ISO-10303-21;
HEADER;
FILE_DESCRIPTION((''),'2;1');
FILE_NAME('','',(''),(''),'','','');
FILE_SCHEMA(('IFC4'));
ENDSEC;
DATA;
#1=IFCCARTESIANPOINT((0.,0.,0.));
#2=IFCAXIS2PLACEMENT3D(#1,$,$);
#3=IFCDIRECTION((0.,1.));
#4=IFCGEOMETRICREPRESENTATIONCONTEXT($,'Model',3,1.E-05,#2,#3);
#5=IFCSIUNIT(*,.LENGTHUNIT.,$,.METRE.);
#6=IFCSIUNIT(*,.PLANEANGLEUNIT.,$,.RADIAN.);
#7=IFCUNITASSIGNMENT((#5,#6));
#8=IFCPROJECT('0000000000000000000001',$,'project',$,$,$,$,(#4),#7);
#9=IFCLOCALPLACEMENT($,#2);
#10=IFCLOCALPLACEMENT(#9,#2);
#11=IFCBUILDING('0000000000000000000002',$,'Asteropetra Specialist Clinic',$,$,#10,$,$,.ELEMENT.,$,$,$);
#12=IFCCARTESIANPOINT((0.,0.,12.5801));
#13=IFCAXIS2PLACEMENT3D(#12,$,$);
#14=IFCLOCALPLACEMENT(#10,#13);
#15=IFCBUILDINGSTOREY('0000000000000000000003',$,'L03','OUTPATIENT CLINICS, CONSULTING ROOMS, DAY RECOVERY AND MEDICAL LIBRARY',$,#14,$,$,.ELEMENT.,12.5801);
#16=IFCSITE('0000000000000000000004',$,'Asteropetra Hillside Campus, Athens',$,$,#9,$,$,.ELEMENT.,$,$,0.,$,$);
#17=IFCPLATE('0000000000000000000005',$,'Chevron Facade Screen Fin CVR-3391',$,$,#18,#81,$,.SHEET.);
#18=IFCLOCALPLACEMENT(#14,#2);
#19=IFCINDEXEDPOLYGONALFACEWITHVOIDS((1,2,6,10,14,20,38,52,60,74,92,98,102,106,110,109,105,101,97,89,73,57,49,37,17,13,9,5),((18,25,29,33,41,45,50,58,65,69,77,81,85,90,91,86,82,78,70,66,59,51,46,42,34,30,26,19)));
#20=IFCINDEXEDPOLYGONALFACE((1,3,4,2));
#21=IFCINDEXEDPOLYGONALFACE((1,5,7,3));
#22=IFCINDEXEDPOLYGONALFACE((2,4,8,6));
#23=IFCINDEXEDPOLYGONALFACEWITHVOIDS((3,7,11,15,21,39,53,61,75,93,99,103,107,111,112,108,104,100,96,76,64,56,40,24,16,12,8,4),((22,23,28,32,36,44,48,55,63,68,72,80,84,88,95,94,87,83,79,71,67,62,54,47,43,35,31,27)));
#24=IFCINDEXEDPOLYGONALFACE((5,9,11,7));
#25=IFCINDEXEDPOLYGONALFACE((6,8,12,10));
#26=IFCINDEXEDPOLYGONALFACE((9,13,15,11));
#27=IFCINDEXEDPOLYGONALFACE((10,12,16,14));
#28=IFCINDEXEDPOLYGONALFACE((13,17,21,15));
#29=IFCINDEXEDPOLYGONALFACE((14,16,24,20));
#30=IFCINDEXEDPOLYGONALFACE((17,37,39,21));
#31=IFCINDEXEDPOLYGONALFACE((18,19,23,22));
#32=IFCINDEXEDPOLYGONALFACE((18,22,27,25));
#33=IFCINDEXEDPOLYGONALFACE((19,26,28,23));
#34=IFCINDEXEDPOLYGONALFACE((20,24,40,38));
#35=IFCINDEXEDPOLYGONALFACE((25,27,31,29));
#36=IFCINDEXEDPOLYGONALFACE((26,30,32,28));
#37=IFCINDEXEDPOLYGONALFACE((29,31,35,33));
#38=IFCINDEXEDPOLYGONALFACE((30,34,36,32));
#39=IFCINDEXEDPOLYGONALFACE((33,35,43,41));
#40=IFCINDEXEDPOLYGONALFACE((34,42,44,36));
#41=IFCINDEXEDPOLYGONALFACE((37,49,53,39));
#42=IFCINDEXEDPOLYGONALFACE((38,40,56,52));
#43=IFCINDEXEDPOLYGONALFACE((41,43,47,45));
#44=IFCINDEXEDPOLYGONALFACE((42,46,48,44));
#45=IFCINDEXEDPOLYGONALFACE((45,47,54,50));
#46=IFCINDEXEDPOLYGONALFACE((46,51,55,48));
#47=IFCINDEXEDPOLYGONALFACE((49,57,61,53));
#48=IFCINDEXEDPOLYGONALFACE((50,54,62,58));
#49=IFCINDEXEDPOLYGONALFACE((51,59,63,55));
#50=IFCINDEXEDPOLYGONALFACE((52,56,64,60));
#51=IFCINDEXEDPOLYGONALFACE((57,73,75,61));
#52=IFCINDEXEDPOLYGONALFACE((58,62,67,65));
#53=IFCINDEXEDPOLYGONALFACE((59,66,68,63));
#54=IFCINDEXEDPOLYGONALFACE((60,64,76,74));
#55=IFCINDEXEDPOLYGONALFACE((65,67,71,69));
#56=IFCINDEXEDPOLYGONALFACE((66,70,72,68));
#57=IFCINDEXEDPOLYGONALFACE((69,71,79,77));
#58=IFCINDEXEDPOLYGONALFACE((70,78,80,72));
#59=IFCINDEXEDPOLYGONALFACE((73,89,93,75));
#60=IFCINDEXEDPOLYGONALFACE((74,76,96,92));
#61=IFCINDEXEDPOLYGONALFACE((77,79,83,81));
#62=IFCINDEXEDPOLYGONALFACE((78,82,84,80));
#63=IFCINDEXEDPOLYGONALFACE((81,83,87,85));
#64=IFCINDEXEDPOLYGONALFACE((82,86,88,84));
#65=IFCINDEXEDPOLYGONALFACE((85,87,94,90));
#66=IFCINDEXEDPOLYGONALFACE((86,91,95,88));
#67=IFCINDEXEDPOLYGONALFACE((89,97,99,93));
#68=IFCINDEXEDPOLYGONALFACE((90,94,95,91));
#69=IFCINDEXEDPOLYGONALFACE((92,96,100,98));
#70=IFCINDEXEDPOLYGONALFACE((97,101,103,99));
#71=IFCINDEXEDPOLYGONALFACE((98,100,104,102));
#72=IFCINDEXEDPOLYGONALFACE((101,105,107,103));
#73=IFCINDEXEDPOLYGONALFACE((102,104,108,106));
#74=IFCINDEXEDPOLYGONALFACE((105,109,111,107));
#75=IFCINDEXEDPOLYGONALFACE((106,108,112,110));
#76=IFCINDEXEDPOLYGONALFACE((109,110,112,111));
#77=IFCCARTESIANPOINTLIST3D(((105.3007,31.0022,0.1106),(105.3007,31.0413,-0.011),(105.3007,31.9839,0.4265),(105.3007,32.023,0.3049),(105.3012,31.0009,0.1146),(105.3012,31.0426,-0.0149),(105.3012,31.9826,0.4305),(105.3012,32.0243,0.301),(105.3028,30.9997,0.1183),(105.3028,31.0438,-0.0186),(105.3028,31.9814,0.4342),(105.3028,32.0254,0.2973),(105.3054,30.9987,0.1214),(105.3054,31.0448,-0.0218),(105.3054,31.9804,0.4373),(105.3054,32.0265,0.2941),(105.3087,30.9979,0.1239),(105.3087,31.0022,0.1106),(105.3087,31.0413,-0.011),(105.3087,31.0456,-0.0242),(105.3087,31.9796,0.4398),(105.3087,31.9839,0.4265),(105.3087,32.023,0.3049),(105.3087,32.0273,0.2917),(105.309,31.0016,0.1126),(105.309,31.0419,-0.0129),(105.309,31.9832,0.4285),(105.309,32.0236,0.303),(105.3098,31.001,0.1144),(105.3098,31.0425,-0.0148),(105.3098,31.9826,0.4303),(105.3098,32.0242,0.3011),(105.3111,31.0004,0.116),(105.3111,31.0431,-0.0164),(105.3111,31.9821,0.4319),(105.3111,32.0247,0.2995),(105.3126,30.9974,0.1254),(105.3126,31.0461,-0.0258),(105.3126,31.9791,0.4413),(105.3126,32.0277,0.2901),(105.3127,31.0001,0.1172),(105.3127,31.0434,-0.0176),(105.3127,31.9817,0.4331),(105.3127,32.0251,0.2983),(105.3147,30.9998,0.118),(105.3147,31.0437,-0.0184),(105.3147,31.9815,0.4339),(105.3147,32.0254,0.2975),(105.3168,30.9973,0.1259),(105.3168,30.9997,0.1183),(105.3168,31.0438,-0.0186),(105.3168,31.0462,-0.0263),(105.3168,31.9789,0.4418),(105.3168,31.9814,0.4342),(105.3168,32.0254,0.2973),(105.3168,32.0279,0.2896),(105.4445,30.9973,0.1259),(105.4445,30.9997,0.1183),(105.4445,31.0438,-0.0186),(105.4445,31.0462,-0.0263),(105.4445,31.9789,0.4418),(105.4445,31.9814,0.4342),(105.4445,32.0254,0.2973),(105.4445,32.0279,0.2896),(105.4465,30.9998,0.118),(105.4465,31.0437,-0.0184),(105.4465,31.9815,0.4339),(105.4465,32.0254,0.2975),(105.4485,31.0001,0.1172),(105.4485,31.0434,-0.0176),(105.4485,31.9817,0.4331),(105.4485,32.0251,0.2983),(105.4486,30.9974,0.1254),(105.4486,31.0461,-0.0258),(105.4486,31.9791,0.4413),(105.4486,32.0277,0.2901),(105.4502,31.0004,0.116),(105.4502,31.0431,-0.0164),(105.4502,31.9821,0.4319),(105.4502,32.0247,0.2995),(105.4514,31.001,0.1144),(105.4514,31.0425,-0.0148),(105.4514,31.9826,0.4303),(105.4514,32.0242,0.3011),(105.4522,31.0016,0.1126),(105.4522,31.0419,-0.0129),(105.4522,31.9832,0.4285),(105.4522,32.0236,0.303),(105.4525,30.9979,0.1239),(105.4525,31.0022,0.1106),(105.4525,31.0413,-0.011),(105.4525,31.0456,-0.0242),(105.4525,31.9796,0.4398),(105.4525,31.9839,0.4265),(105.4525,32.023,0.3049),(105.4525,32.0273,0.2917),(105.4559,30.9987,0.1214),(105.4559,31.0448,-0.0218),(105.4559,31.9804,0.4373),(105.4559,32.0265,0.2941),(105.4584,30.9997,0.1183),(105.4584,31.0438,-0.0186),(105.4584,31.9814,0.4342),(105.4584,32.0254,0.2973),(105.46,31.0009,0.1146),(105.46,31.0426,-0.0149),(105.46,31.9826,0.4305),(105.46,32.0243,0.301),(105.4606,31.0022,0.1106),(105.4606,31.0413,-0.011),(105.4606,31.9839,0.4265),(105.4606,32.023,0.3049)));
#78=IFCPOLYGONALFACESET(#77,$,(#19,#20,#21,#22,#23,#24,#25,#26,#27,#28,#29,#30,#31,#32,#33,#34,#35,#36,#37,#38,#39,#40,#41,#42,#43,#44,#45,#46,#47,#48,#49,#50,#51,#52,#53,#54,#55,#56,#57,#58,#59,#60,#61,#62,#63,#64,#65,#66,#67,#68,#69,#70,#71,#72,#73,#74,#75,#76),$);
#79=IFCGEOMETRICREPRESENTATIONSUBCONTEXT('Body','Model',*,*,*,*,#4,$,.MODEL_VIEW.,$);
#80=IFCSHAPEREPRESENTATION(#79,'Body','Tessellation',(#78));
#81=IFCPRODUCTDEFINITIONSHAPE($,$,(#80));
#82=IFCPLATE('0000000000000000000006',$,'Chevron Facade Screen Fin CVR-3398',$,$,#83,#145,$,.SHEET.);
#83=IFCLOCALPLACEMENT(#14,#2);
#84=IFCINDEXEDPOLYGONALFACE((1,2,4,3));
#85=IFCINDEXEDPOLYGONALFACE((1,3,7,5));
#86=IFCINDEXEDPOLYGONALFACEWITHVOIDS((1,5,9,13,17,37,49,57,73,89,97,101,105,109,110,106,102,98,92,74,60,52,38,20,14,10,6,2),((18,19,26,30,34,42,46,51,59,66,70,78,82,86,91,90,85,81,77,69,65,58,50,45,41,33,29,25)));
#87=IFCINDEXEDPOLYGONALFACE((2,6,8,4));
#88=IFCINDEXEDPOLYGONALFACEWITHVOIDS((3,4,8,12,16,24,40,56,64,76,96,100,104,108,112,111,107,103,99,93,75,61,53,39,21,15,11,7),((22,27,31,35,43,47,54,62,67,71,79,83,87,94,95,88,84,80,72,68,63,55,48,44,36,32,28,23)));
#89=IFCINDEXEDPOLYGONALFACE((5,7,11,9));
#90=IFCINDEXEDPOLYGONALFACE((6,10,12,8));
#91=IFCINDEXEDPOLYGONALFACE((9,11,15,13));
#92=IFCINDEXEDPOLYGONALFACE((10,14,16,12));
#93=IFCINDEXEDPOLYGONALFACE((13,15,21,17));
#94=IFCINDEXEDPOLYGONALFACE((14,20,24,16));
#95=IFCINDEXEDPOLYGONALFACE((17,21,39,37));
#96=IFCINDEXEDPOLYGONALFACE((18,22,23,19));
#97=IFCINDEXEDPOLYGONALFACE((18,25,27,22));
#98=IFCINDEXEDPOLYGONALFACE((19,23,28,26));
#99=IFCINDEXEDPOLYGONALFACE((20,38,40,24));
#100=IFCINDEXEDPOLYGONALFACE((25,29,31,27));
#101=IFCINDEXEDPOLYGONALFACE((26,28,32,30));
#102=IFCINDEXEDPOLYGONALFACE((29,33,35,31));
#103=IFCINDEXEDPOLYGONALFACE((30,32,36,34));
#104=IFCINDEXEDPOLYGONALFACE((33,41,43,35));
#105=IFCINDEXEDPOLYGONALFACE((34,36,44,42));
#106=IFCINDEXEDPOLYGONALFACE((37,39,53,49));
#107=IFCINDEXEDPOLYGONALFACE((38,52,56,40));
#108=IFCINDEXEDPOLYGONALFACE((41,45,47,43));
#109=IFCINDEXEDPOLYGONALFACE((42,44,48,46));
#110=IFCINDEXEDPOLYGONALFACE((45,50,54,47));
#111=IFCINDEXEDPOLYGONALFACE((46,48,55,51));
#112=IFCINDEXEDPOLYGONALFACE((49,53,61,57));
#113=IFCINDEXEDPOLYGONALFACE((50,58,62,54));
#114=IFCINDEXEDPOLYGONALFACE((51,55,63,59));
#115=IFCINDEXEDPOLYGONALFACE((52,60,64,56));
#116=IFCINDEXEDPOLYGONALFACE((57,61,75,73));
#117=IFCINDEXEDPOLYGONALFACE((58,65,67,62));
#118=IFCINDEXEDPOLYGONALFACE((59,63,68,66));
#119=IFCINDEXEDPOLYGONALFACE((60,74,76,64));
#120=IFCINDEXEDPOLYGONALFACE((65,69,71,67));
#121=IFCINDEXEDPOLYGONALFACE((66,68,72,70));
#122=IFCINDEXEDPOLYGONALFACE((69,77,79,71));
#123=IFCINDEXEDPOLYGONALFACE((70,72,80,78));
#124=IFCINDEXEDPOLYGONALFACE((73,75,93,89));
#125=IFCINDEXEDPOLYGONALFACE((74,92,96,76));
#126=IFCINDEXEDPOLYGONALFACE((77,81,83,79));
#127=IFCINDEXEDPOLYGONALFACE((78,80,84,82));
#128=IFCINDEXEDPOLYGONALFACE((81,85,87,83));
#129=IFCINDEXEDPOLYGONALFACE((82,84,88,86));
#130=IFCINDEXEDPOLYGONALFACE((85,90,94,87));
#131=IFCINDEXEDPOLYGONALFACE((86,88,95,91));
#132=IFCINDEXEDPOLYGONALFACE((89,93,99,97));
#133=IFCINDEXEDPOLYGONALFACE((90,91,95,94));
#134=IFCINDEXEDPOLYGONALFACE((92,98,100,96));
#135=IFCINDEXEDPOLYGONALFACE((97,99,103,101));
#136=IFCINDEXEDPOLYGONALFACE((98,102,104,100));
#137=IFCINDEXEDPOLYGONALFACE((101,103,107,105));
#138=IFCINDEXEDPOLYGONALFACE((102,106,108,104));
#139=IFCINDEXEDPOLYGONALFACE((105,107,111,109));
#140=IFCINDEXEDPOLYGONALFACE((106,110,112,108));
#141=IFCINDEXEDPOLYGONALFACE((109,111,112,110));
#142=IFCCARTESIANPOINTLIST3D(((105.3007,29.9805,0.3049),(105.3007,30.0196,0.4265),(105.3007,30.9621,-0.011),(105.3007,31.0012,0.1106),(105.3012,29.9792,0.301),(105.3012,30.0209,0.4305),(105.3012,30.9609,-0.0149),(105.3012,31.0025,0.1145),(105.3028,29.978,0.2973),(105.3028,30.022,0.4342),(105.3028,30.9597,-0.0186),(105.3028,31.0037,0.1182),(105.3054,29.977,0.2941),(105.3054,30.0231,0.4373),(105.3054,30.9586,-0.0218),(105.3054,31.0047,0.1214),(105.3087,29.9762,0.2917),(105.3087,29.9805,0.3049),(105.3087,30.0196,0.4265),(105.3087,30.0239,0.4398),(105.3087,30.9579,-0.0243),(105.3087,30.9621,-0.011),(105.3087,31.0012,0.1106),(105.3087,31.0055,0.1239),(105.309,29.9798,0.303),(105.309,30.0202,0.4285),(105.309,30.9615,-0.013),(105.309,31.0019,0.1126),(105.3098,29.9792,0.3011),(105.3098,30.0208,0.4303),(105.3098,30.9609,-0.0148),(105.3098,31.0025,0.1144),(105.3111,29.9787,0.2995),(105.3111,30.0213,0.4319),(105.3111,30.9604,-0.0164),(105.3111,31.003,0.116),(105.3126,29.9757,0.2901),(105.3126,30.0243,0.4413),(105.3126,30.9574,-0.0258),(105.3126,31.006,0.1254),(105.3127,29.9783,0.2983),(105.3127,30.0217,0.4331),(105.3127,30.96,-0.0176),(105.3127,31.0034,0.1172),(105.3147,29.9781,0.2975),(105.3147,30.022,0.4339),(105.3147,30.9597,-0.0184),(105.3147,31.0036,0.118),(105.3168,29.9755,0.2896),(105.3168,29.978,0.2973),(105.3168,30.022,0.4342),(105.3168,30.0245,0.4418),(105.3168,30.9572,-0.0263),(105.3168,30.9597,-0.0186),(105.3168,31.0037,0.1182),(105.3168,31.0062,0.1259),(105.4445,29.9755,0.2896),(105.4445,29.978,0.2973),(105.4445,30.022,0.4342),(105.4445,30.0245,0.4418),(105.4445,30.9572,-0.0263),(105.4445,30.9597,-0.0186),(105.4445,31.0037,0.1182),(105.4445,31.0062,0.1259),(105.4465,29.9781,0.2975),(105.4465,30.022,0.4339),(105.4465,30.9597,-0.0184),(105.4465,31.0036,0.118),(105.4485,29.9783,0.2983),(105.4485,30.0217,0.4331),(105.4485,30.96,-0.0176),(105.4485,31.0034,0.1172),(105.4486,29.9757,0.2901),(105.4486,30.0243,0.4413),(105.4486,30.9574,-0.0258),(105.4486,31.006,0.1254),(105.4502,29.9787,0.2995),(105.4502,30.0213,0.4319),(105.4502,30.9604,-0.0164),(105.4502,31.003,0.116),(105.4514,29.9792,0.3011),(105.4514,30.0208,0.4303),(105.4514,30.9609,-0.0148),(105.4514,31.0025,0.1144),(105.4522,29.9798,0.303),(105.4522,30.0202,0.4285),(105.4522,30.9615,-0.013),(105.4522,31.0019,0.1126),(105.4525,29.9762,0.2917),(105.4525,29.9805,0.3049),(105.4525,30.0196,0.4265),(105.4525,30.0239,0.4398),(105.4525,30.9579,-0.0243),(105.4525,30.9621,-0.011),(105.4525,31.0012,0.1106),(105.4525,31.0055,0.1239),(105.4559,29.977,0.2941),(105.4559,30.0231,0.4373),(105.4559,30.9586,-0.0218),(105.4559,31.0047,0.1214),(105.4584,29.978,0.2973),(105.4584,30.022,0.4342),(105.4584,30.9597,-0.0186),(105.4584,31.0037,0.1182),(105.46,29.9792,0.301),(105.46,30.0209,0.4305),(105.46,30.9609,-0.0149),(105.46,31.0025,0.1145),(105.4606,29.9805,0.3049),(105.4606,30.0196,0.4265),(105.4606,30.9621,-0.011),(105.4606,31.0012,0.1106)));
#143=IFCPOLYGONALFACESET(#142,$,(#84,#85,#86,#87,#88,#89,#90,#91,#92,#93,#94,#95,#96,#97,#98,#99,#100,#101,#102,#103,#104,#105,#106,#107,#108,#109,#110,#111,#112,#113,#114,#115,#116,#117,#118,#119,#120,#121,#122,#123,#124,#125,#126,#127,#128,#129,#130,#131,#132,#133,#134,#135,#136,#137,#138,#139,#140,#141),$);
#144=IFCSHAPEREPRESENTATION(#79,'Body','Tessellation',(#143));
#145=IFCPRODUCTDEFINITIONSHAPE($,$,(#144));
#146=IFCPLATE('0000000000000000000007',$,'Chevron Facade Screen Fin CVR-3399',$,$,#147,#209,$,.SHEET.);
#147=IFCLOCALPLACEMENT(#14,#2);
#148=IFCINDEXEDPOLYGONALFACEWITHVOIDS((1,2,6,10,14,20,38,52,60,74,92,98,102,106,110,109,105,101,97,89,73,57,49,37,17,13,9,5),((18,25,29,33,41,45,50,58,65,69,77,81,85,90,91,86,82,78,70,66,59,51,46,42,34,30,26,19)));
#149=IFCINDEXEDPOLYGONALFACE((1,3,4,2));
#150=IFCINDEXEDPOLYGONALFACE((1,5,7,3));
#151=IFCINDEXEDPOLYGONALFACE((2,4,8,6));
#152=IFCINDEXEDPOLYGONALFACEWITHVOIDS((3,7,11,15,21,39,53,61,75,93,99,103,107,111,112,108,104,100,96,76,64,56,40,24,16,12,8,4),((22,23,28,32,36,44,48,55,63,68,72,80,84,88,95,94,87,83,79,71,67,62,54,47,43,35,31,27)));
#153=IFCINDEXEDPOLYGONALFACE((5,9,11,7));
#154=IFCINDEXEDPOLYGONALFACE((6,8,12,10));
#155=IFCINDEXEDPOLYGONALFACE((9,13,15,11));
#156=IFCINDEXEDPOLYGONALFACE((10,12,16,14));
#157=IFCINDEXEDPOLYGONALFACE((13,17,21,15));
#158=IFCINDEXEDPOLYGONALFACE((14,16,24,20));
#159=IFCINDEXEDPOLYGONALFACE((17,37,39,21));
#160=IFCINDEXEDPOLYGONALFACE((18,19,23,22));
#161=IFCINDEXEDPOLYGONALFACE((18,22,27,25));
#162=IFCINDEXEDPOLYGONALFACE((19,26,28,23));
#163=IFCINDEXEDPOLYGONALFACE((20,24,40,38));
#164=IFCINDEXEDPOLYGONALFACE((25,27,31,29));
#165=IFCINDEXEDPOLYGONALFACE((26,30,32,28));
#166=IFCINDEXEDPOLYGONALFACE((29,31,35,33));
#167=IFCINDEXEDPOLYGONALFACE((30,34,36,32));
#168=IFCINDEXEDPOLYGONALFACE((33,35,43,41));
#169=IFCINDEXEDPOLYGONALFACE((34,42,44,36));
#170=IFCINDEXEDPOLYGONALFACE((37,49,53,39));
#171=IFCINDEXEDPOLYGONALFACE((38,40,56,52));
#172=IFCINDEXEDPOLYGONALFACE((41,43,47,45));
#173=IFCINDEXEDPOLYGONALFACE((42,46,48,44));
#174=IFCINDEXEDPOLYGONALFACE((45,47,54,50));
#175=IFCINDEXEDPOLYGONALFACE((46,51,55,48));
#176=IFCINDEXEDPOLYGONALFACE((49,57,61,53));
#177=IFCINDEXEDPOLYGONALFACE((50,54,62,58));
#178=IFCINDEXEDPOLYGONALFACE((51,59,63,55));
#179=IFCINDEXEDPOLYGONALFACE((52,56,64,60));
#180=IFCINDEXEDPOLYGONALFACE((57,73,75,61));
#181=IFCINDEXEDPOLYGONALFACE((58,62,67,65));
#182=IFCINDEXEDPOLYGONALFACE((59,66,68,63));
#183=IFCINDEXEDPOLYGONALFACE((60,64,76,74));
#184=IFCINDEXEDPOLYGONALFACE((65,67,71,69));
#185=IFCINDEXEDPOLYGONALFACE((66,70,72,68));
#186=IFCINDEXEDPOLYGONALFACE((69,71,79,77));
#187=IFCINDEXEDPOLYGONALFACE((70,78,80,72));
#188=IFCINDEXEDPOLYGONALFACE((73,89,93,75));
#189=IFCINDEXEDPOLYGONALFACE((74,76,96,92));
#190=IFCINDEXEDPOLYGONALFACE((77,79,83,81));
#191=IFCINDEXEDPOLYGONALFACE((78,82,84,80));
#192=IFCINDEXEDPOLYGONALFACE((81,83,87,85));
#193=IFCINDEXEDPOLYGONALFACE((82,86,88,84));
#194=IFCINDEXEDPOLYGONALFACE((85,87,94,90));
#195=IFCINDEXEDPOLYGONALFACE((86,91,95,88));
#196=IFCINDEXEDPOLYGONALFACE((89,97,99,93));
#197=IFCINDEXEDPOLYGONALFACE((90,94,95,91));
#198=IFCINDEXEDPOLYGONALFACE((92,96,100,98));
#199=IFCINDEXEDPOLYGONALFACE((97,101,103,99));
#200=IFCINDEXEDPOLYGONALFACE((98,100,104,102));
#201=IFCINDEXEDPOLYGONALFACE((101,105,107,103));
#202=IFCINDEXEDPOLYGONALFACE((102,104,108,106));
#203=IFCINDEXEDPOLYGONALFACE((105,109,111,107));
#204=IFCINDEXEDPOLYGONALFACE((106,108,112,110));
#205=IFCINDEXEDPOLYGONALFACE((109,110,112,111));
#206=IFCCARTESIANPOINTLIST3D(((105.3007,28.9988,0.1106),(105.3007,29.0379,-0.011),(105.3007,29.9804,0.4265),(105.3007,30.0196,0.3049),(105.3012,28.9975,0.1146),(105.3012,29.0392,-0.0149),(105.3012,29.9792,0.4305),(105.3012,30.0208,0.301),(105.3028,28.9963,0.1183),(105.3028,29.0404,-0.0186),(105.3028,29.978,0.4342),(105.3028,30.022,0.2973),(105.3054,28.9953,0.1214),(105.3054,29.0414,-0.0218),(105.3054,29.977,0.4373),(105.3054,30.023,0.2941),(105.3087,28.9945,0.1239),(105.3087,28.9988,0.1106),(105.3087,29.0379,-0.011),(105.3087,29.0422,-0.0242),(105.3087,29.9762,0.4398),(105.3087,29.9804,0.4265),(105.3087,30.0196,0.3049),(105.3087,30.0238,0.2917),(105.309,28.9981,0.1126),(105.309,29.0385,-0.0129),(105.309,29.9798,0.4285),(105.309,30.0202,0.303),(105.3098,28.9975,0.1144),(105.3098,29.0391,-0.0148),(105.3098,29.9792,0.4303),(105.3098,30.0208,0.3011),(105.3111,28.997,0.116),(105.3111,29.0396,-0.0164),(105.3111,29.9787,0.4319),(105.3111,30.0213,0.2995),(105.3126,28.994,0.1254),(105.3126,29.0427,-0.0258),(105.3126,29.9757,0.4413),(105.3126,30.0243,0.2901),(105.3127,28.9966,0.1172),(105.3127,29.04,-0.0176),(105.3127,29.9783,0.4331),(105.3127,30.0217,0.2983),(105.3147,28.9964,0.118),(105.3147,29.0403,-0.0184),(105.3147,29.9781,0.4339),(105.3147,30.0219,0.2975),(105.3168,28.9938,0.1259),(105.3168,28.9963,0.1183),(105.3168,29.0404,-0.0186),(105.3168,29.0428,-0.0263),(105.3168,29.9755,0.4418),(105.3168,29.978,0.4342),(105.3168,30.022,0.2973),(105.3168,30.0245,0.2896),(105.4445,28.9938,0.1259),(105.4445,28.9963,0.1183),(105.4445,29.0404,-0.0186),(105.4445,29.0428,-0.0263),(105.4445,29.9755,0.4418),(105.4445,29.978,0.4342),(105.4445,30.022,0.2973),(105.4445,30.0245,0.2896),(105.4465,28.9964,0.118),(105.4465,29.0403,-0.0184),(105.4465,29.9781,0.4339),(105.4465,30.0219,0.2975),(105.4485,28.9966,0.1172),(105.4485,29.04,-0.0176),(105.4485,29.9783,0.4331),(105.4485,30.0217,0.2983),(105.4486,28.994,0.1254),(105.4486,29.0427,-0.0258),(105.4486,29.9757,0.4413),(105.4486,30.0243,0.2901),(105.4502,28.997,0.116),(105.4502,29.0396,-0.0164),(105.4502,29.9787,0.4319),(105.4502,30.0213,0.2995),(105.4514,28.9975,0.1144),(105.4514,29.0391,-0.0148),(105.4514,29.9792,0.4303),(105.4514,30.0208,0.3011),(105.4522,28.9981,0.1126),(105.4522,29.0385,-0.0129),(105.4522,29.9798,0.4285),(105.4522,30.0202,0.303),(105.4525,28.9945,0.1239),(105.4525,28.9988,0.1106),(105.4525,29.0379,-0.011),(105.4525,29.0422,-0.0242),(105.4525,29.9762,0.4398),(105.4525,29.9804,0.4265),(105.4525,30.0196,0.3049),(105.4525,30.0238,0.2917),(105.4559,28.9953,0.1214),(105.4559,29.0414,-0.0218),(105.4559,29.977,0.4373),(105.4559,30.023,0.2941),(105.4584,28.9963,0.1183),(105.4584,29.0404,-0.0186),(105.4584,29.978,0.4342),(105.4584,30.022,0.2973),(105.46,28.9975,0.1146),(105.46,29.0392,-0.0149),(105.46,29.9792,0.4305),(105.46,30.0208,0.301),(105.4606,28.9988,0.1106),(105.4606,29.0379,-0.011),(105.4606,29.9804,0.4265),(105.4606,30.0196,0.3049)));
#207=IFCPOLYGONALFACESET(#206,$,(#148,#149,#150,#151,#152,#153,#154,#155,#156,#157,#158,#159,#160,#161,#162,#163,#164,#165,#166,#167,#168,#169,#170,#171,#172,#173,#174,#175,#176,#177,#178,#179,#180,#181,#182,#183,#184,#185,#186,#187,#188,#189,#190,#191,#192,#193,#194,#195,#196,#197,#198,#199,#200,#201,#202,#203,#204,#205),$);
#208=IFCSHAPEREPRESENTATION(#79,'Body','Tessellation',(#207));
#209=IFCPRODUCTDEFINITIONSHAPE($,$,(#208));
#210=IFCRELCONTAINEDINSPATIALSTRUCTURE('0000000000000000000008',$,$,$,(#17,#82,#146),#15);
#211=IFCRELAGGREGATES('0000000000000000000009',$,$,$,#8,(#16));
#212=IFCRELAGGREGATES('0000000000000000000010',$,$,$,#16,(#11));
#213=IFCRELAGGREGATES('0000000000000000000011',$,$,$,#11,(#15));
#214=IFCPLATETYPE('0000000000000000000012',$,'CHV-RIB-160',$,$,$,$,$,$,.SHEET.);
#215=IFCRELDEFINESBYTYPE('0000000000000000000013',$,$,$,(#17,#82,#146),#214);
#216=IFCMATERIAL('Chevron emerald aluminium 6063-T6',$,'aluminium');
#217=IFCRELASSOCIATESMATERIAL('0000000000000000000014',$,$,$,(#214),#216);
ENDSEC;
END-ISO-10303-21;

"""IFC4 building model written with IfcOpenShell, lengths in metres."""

from ifc_helpers import new_model, si_unit, direction, frame, origin, origin_2d, place, context, subcontext, project, spatial, hollow_rectangle, extrude, material, material_profile, profile_set, type_object, element, save


model = new_model("IFC4")

# Units and contexts
model_context = context("Model", 3, precision=1e-05, world=origin(), true_north=direction((0.0, 1.0)))
body_context = subcontext(model_context, "Body", "Model", "MODEL_VIEW")
ifc_project = project(units=[si_unit("LENGTHUNIT", "METRE"), si_unit("PLANEANGLEUNIT", "RADIAN")], contexts=[model_context])

# Site, building, storey
site_placement = place(None, origin())
site = spatial("IfcSite", under=ifc_project, at=site_placement, Name="Asteropetra Hillside Campus, Athens", CompositionType="ELEMENT", RefElevation=0.0)
building_placement = place(site_placement, origin())
building = spatial("IfcBuilding", under=site, at=building_placement, Name="Asteropetra Specialist Clinic", CompositionType="ELEMENT")
storey_placement = place(building_placement, frame((0.0, 0.0, 12.5801)))
storey = spatial("IfcBuildingStorey", under=building, at=storey_placement, Name="L03", Description="OUTPATIENT CLINICS, CONSULTING ROOMS, DAY RECOVERY AND MEDICAL LIBRARY", CompositionType="ELEMENT", Elevation=12.5801)

# Plates
ifc_material_1 = material(Name="Chevron emerald aluminium 6063-T6", Category="aluminium")
ifc_material_profile = material_profile(ifc_material_1, hollow_rectangle(XDim=0.1599, YDim=0.1599, WallThickness=0.0081, InnerFilletRadius=0.0081, OuterFilletRadius=0.0161, at=origin_2d()), Name="SHS 160x160x8.0")
ifc_profile_set = profile_set([ifc_material_profile], Name="Chevron emerald aluminium 6063-T6")
plate_type_1 = type_object("IfcPlateType", Name="CHV-RIB-160", PredefinedType="SHEET", material=ifc_profile_set)
for number, where, z_axis, x_axis, name in (
    (1, (105.3806, 32.0034, 0.3657), (0.0, -0.951923, -0.306339), (1.0, 0.0, 0.0), "Chevron Facade Screen Fin CVR-3391"),
    (2, (105.3806, 30.9817, 0.0498), (0.0, -0.951923, 0.306339), (1.0, 0.0, 0.0), "Chevron Facade Screen Fin CVR-3398"),
    (3, (105.3806, 30.0, 0.3657), (0.0, -0.951923, -0.306339), (1.0, 0.0, 0.0), "Chevron Facade Screen Fin CVR-3399"),
):
    element("IfcPlate", number, at=place(storey_placement, frame(where, z_axis=z_axis, x_axis=x_axis)), inside=storey, type_object=plate_type_1, Name=name, PredefinedType="SHEET", context=body_context, shape_type="SweptSolid", body=[
        extrude(hollow_rectangle(XDim=0.1599, YDim=0.1599, WallThickness=0.0081, InnerFilletRadius=0.0081, OuterFilletRadius=0.0161, at=origin_2d()), origin(), (0.0, 0.0, 1.0), 1.0312),
    ])

save(model, "model.ifc")
